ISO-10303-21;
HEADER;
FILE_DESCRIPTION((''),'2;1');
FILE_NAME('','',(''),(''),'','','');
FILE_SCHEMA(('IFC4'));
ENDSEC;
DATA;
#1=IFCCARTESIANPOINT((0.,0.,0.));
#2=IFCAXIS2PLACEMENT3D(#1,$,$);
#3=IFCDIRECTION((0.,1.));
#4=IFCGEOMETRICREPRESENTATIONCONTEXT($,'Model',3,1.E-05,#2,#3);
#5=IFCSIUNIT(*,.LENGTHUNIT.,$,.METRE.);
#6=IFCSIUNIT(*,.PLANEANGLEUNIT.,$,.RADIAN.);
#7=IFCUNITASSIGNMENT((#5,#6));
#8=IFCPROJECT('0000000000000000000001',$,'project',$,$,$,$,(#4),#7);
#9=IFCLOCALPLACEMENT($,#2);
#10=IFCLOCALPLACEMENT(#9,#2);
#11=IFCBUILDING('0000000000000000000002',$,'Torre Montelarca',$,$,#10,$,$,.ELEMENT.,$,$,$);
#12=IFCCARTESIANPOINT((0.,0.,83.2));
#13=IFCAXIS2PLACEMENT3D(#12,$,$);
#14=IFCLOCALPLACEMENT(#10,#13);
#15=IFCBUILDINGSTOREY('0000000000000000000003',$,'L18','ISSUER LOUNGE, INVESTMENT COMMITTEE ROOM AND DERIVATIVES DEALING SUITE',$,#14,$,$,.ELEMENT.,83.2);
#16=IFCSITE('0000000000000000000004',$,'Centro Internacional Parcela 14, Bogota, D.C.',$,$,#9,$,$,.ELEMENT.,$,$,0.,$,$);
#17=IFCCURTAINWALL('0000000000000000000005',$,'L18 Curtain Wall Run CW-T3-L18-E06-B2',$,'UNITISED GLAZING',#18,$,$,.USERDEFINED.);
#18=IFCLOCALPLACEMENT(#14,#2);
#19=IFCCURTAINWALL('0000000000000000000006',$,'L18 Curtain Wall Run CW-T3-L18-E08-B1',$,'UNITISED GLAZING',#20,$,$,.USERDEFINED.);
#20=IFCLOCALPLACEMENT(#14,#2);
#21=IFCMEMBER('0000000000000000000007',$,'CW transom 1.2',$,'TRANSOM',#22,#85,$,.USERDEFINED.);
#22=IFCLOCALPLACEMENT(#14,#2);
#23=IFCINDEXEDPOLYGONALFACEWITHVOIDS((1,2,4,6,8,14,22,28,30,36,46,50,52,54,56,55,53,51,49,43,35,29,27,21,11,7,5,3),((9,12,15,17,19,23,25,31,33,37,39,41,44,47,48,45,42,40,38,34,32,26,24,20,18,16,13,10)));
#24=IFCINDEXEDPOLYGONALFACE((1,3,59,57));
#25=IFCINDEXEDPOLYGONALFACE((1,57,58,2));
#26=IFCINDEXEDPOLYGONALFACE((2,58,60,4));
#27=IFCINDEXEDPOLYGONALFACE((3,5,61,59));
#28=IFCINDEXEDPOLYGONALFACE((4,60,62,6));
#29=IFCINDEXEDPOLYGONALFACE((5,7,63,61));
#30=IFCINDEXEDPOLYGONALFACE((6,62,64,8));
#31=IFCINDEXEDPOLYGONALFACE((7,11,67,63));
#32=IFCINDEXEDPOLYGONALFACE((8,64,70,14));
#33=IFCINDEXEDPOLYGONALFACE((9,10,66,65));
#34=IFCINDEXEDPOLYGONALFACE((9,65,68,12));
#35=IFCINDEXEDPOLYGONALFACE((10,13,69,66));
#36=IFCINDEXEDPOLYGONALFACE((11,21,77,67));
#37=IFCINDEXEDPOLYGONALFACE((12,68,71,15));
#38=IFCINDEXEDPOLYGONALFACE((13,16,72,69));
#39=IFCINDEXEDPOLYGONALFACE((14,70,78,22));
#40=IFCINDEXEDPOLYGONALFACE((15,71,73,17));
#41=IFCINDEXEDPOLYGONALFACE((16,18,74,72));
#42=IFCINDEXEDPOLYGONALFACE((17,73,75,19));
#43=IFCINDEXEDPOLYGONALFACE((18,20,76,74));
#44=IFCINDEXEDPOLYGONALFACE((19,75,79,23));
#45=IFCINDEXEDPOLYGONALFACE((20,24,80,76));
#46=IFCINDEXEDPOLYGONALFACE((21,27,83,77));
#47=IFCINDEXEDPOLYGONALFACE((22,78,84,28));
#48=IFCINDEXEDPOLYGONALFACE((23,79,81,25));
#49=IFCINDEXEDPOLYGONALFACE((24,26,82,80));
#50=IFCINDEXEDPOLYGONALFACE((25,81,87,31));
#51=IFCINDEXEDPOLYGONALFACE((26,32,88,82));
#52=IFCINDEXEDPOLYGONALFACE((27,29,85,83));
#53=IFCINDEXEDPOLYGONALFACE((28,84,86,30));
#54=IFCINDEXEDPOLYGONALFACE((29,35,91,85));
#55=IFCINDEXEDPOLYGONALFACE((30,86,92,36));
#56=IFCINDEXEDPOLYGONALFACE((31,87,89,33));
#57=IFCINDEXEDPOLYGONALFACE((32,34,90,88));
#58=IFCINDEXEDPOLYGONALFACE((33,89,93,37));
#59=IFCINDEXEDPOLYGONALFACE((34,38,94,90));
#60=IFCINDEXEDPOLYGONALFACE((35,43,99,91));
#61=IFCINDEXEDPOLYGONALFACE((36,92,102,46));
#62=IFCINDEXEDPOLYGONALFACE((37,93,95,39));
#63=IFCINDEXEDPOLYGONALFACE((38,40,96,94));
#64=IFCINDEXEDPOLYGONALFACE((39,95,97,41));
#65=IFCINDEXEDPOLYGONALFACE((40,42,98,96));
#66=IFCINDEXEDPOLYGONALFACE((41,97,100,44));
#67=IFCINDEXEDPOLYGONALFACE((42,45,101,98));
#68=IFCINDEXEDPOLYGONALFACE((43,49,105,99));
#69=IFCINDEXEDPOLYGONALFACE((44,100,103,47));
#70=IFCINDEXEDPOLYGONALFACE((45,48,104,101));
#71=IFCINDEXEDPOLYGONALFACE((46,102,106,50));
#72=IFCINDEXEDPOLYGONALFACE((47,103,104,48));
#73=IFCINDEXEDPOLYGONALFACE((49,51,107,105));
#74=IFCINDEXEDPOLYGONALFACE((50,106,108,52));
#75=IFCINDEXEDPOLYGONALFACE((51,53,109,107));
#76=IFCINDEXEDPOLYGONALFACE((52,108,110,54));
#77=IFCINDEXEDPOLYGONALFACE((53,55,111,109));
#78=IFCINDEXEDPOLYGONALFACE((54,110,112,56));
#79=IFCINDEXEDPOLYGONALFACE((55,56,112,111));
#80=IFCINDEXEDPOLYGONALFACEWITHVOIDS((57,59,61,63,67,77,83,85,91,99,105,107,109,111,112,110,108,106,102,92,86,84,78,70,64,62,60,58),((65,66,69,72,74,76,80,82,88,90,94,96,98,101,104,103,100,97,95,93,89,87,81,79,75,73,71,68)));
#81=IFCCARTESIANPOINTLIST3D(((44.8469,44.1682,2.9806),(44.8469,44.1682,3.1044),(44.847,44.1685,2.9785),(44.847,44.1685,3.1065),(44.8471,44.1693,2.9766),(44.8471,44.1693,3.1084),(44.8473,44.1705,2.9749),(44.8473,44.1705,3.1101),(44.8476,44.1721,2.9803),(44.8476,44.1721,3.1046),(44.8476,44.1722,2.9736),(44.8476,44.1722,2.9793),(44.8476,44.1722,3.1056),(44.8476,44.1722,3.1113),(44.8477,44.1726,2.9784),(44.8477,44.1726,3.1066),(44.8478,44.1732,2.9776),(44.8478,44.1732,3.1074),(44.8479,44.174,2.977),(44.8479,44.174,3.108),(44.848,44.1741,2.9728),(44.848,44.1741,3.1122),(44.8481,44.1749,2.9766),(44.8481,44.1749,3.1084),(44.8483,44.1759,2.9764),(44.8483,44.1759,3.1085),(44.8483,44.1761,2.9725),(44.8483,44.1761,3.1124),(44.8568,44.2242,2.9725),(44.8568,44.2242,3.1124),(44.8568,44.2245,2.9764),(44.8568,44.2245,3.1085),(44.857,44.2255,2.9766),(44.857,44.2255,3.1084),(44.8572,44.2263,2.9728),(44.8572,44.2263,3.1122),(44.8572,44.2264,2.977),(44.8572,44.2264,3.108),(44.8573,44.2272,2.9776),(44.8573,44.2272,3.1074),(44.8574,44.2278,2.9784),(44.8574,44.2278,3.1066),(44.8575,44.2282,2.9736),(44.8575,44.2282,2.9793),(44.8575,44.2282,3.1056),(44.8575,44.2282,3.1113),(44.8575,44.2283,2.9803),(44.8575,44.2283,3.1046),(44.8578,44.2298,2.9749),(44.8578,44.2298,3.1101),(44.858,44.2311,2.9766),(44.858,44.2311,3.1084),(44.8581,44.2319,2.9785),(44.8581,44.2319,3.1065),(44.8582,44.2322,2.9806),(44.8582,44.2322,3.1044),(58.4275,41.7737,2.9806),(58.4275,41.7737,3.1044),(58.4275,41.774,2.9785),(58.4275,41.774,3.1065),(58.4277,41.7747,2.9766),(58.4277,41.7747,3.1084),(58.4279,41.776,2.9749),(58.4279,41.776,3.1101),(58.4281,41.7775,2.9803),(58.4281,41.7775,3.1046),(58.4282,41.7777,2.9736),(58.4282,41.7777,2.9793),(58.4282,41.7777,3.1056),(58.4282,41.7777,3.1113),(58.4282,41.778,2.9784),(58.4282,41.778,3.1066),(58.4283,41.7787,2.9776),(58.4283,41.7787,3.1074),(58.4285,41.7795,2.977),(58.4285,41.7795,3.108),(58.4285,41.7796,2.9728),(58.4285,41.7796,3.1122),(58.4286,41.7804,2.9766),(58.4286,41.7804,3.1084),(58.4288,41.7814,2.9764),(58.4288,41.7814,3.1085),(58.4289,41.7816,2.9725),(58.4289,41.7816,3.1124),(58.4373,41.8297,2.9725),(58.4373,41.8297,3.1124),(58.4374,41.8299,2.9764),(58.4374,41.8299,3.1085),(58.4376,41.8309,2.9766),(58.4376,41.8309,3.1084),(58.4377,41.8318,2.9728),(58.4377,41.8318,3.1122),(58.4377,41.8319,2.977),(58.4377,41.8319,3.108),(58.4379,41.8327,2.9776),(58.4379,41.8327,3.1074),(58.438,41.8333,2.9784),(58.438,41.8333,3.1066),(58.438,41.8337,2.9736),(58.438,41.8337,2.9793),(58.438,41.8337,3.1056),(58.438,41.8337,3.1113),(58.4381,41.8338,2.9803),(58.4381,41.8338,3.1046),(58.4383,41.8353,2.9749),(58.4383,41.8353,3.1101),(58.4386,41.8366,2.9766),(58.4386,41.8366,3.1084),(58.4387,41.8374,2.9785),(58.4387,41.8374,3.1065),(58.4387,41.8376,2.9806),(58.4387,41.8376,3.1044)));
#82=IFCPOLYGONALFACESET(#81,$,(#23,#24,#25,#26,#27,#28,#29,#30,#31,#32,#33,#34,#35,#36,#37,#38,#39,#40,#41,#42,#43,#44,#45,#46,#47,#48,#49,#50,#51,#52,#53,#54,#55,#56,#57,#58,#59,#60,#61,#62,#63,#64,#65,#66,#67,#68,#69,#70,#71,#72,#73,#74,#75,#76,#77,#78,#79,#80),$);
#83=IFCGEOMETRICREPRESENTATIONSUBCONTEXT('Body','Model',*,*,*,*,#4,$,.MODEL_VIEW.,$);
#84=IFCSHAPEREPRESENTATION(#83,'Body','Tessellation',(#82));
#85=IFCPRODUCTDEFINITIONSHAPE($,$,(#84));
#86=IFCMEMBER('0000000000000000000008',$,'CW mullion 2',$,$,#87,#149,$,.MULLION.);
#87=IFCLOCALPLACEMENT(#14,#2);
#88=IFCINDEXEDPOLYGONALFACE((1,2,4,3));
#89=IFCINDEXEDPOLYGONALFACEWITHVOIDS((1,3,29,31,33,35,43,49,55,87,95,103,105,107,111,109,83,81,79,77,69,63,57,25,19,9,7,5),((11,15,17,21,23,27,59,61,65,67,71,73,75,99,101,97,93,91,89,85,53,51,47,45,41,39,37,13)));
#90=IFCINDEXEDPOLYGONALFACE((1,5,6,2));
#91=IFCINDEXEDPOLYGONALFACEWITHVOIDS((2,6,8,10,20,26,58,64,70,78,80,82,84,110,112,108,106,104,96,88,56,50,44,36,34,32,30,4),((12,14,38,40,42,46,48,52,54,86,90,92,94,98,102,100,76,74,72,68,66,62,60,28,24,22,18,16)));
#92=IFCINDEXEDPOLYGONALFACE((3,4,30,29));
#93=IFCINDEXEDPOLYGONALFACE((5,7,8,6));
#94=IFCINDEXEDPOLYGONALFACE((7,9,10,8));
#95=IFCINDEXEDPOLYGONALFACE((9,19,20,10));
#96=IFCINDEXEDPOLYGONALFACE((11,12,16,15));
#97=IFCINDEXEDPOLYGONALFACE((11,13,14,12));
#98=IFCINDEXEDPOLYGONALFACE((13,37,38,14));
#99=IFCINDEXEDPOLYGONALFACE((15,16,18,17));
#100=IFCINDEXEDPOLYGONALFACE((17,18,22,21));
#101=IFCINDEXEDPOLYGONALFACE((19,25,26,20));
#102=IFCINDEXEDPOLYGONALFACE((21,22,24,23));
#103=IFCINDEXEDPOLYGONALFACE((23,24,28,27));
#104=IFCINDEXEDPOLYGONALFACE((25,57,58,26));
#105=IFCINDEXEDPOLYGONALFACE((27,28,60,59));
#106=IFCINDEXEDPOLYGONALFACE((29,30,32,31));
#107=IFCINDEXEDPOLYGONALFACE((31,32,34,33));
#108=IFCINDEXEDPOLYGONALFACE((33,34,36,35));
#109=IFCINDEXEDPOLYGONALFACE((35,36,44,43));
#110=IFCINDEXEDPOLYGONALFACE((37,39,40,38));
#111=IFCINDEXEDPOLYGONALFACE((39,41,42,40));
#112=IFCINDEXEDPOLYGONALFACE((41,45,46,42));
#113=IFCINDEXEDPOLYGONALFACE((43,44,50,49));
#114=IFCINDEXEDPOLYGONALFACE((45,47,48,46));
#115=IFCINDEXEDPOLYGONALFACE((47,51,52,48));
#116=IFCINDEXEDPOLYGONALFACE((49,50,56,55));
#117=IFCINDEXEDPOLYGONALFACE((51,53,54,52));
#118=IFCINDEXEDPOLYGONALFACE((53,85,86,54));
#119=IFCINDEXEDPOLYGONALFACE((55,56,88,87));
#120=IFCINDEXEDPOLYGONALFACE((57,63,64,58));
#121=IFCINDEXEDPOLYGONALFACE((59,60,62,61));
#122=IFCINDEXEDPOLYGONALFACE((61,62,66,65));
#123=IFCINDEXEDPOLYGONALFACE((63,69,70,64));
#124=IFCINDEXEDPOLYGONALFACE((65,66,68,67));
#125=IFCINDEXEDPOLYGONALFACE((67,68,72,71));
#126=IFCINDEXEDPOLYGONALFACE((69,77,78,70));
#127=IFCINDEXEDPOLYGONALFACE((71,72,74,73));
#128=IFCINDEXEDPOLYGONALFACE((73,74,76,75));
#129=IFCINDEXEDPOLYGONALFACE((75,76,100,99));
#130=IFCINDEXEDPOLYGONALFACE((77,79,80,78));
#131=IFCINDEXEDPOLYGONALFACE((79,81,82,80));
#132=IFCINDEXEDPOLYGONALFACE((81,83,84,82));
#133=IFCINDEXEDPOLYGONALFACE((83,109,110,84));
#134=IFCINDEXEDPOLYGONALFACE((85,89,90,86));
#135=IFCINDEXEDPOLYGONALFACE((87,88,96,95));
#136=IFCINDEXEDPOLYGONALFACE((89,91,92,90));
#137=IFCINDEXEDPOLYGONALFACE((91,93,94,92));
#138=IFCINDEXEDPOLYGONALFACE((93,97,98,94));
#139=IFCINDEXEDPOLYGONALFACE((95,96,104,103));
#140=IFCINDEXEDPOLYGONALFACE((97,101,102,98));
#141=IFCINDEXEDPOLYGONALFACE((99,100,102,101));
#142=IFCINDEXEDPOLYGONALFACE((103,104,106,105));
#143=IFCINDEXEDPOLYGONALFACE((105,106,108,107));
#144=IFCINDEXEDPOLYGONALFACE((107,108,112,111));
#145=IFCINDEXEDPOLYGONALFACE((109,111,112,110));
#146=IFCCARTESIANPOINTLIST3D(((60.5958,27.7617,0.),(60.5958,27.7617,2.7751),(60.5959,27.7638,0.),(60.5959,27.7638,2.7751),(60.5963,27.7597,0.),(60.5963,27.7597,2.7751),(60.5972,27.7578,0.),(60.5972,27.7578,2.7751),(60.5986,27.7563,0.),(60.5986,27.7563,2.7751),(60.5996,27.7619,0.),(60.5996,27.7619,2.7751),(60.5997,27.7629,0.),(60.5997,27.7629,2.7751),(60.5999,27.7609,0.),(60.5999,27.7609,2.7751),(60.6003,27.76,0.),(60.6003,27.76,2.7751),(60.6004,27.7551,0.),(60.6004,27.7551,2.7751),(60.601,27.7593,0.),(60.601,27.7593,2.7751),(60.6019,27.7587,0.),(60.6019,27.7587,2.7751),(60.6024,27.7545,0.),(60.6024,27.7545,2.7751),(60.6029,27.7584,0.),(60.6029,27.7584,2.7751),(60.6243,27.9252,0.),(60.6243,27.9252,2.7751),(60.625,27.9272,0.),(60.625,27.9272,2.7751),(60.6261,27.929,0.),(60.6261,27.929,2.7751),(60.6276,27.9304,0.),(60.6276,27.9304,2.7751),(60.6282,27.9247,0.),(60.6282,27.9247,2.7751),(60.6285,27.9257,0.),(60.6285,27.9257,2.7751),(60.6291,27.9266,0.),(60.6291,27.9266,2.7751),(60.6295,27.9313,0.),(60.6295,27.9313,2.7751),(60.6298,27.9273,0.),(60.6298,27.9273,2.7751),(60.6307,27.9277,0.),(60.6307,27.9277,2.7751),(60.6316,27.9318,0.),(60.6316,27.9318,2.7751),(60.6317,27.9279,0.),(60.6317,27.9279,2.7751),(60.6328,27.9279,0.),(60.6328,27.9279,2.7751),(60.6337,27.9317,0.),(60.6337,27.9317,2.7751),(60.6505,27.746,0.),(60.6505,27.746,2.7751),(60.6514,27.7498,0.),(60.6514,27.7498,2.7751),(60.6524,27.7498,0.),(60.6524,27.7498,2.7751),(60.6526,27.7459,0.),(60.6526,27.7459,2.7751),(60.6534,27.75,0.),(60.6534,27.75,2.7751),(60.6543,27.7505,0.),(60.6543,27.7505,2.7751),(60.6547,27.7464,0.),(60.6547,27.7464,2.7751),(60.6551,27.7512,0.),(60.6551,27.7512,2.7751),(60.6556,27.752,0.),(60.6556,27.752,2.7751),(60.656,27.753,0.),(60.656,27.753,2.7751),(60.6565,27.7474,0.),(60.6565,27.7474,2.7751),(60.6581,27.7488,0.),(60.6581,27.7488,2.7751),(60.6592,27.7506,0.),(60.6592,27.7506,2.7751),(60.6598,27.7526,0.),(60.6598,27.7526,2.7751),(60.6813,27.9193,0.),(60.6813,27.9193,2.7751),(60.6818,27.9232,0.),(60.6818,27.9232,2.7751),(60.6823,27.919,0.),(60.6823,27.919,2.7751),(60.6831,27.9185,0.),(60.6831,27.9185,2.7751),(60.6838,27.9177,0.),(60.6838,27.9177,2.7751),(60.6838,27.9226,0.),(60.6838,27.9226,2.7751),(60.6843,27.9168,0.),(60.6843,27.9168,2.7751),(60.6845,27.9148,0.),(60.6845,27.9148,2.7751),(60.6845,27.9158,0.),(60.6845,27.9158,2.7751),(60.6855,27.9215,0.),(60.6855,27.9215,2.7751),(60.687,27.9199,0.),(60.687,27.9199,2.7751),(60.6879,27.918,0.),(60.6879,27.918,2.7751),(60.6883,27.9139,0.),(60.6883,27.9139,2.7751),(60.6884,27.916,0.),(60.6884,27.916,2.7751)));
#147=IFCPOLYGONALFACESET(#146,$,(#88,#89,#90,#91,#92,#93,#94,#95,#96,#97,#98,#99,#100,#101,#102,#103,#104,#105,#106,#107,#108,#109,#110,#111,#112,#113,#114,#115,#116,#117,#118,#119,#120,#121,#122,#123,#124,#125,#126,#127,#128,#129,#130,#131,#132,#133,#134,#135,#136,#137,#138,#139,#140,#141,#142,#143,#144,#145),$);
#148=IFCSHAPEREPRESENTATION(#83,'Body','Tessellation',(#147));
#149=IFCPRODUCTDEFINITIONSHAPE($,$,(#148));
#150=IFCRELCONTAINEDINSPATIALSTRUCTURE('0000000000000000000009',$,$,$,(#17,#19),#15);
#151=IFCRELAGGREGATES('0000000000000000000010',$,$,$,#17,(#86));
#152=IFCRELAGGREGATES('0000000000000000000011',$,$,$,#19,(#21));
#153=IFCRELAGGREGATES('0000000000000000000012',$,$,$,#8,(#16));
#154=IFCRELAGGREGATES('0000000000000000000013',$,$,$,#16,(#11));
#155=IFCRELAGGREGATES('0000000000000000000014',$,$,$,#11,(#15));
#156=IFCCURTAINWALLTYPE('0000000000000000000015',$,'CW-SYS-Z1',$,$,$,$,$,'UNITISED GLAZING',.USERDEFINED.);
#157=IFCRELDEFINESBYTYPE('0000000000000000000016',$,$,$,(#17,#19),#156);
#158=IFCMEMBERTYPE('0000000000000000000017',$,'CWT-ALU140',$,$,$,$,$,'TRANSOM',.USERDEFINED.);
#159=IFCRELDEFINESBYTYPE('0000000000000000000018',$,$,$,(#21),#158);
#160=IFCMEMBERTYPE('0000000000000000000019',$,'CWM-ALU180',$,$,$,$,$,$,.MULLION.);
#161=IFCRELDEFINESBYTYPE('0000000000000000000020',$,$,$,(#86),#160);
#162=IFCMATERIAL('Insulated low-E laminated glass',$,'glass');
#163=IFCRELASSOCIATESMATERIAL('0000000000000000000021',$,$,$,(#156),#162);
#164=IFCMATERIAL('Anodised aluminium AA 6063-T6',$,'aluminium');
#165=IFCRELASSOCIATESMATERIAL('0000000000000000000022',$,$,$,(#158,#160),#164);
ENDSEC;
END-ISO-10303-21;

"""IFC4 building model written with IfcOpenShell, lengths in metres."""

from ifc_helpers import new_model, si_unit, direction, frame, origin, origin_2d, place, context, subcontext, project, spatial, hollow_rectangle, extrude, source, transform, mapped, material, material_profile, profile_set, type_object, element, aggregate, save


model = new_model("IFC4")

# Units and contexts
model_context = context("Model", 3, precision=1e-05, world=origin(), true_north=direction((0.0, 1.0)))
body_context = subcontext(model_context, "Body", "Model", "MODEL_VIEW")
ifc_project = project(units=[si_unit("LENGTHUNIT", "METRE"), si_unit("PLANEANGLEUNIT", "RADIAN")], contexts=[model_context])

# Site, building, storey
site_placement = place(None, origin())
site = spatial("IfcSite", under=ifc_project, at=site_placement, Name="Centro Internacional Parcela 14, Bogota, D.C.", CompositionType="ELEMENT", RefElevation=0.0)
building_placement = place(site_placement, origin())
building = spatial("IfcBuilding", under=site, at=building_placement, Name="Torre Montelarca", CompositionType="ELEMENT")
storey_placement = place(building_placement, frame((0.0, 0.0, 83.2)))
storey = spatial("IfcBuildingStorey", under=building, at=storey_placement, Name="L18", Description="ISSUER LOUNGE, INVESTMENT COMMITTEE ROOM AND DERIVATIVES DEALING SUITE", CompositionType="ELEMENT", Elevation=83.2)

# Curtain walls, member
ifc_material_1 = material(Name="Insulated low-E laminated glass", Category="glass")
curtain_wall_type = type_object("IfcCurtainWallType", Name="CW-SYS-Z1", ElementType="UNITISED GLAZING", PredefinedType="USERDEFINED", material=ifc_material_1)
ifc_material_2 = material(Name="Anodised aluminium AA 6063-T6", Category="aluminium")
ifc_material_profile_1 = material_profile(ifc_material_2, hollow_rectangle(XDim=0.0649, YDim=0.1399, WallThickness=0.0039, InnerFilletRadius=0.0039, OuterFilletRadius=0.0081, at=origin_2d()), Name="ALU65X140X4", Category="aluminium")
ifc_profile_set_1 = profile_set([ifc_material_profile_1], Name="Anodised aluminium AA 6063-T6")
member_type_1 = type_object("IfcMemberType", Name="CWT-ALU140", ElementType="TRANSOM", PredefinedType="USERDEFINED", material=ifc_profile_set_1)
curtain_wall_1_placement = place(storey_placement, origin())
curtain_wall_1 = element("IfcCurtainWall", 1, at=curtain_wall_1_placement, inside=storey, type_object=curtain_wall_type, Name="L18 Curtain Wall Run CW-T3-L18-E06-B2", ObjectType="UNITISED GLAZING", PredefinedType="USERDEFINED")
curtain_wall_2_placement = place(storey_placement, origin())
curtain_wall_2 = element("IfcCurtainWall", 2, at=curtain_wall_2_placement, inside=storey, type_object=curtain_wall_type, Name="L18 Curtain Wall Run CW-T3-L18-E08-B1", ObjectType="UNITISED GLAZING", PredefinedType="USERDEFINED")
shared_shape_1 = source(origin(), body_context, "Body", "SweptSolid", [
    extrude(hollow_rectangle(XDim=0.0649, YDim=0.1399, WallThickness=0.0039, InnerFilletRadius=0.0039, OuterFilletRadius=0.0081, at=origin_2d()), origin(), (0.0, 0.0, 1.0), 13.79),
])
member_1_placement = place(storey_placement, frame((58.4331, 41.8057, 3.0425), z_axis=(-0.984809, 0.173642, 0.0), x_axis=(-0.173642, -0.984809, 0.0)))
member_1 = element("IfcMember", 3, at=member_1_placement, type_object=member_type_1, Name="CW transom 1.2", ObjectType="TRANSOM", PredefinedType="USERDEFINED", context=body_context, shape_type="MappedRepresentation", body=[
    mapped(shared_shape_1, transform((0.0, 0.0, 0.0), scale=1.0)),
])

# Member
ifc_material_profile_2 = material_profile(ifc_material_2, hollow_rectangle(XDim=0.0649, YDim=0.1799, WallThickness=0.0039, InnerFilletRadius=0.0039, OuterFilletRadius=0.0081, at=origin_2d()), Name="ALU65X180X4", Category="aluminium")
ifc_profile_set_2 = profile_set([ifc_material_profile_2], Name="Anodised aluminium AA 6063-T6")
member_type_2 = type_object("IfcMemberType", Name="CWM-ALU180", PredefinedType="MULLION", material=ifc_profile_set_2)
shared_shape_2 = source(origin(), body_context, "Body", "SweptSolid", [
    extrude(hollow_rectangle(XDim=0.0649, YDim=0.1799, WallThickness=0.0039, InnerFilletRadius=0.0039, OuterFilletRadius=0.0081, at=origin_2d()), origin(), (0.0, 0.0, 1.0), 2.7751),
])
member_2_placement = place(storey_placement, frame((60.6421, 27.8389, 0.0), z_axis=(0.0, 0.0, 1.0), x_axis=(-0.984808, 0.173644, 0.0)))
member_2 = element("IfcMember", 4, at=member_2_placement, type_object=member_type_2, Name="CW mullion 2", PredefinedType="MULLION", context=body_context, shape_type="MappedRepresentation", body=[
    mapped(shared_shape_2, transform((0.0, 0.0, 0.0), scale=1.0)),
])

aggregate(curtain_wall_1, [member_2])
aggregate(curtain_wall_2, [member_1])

save(model, "model.ifc")
